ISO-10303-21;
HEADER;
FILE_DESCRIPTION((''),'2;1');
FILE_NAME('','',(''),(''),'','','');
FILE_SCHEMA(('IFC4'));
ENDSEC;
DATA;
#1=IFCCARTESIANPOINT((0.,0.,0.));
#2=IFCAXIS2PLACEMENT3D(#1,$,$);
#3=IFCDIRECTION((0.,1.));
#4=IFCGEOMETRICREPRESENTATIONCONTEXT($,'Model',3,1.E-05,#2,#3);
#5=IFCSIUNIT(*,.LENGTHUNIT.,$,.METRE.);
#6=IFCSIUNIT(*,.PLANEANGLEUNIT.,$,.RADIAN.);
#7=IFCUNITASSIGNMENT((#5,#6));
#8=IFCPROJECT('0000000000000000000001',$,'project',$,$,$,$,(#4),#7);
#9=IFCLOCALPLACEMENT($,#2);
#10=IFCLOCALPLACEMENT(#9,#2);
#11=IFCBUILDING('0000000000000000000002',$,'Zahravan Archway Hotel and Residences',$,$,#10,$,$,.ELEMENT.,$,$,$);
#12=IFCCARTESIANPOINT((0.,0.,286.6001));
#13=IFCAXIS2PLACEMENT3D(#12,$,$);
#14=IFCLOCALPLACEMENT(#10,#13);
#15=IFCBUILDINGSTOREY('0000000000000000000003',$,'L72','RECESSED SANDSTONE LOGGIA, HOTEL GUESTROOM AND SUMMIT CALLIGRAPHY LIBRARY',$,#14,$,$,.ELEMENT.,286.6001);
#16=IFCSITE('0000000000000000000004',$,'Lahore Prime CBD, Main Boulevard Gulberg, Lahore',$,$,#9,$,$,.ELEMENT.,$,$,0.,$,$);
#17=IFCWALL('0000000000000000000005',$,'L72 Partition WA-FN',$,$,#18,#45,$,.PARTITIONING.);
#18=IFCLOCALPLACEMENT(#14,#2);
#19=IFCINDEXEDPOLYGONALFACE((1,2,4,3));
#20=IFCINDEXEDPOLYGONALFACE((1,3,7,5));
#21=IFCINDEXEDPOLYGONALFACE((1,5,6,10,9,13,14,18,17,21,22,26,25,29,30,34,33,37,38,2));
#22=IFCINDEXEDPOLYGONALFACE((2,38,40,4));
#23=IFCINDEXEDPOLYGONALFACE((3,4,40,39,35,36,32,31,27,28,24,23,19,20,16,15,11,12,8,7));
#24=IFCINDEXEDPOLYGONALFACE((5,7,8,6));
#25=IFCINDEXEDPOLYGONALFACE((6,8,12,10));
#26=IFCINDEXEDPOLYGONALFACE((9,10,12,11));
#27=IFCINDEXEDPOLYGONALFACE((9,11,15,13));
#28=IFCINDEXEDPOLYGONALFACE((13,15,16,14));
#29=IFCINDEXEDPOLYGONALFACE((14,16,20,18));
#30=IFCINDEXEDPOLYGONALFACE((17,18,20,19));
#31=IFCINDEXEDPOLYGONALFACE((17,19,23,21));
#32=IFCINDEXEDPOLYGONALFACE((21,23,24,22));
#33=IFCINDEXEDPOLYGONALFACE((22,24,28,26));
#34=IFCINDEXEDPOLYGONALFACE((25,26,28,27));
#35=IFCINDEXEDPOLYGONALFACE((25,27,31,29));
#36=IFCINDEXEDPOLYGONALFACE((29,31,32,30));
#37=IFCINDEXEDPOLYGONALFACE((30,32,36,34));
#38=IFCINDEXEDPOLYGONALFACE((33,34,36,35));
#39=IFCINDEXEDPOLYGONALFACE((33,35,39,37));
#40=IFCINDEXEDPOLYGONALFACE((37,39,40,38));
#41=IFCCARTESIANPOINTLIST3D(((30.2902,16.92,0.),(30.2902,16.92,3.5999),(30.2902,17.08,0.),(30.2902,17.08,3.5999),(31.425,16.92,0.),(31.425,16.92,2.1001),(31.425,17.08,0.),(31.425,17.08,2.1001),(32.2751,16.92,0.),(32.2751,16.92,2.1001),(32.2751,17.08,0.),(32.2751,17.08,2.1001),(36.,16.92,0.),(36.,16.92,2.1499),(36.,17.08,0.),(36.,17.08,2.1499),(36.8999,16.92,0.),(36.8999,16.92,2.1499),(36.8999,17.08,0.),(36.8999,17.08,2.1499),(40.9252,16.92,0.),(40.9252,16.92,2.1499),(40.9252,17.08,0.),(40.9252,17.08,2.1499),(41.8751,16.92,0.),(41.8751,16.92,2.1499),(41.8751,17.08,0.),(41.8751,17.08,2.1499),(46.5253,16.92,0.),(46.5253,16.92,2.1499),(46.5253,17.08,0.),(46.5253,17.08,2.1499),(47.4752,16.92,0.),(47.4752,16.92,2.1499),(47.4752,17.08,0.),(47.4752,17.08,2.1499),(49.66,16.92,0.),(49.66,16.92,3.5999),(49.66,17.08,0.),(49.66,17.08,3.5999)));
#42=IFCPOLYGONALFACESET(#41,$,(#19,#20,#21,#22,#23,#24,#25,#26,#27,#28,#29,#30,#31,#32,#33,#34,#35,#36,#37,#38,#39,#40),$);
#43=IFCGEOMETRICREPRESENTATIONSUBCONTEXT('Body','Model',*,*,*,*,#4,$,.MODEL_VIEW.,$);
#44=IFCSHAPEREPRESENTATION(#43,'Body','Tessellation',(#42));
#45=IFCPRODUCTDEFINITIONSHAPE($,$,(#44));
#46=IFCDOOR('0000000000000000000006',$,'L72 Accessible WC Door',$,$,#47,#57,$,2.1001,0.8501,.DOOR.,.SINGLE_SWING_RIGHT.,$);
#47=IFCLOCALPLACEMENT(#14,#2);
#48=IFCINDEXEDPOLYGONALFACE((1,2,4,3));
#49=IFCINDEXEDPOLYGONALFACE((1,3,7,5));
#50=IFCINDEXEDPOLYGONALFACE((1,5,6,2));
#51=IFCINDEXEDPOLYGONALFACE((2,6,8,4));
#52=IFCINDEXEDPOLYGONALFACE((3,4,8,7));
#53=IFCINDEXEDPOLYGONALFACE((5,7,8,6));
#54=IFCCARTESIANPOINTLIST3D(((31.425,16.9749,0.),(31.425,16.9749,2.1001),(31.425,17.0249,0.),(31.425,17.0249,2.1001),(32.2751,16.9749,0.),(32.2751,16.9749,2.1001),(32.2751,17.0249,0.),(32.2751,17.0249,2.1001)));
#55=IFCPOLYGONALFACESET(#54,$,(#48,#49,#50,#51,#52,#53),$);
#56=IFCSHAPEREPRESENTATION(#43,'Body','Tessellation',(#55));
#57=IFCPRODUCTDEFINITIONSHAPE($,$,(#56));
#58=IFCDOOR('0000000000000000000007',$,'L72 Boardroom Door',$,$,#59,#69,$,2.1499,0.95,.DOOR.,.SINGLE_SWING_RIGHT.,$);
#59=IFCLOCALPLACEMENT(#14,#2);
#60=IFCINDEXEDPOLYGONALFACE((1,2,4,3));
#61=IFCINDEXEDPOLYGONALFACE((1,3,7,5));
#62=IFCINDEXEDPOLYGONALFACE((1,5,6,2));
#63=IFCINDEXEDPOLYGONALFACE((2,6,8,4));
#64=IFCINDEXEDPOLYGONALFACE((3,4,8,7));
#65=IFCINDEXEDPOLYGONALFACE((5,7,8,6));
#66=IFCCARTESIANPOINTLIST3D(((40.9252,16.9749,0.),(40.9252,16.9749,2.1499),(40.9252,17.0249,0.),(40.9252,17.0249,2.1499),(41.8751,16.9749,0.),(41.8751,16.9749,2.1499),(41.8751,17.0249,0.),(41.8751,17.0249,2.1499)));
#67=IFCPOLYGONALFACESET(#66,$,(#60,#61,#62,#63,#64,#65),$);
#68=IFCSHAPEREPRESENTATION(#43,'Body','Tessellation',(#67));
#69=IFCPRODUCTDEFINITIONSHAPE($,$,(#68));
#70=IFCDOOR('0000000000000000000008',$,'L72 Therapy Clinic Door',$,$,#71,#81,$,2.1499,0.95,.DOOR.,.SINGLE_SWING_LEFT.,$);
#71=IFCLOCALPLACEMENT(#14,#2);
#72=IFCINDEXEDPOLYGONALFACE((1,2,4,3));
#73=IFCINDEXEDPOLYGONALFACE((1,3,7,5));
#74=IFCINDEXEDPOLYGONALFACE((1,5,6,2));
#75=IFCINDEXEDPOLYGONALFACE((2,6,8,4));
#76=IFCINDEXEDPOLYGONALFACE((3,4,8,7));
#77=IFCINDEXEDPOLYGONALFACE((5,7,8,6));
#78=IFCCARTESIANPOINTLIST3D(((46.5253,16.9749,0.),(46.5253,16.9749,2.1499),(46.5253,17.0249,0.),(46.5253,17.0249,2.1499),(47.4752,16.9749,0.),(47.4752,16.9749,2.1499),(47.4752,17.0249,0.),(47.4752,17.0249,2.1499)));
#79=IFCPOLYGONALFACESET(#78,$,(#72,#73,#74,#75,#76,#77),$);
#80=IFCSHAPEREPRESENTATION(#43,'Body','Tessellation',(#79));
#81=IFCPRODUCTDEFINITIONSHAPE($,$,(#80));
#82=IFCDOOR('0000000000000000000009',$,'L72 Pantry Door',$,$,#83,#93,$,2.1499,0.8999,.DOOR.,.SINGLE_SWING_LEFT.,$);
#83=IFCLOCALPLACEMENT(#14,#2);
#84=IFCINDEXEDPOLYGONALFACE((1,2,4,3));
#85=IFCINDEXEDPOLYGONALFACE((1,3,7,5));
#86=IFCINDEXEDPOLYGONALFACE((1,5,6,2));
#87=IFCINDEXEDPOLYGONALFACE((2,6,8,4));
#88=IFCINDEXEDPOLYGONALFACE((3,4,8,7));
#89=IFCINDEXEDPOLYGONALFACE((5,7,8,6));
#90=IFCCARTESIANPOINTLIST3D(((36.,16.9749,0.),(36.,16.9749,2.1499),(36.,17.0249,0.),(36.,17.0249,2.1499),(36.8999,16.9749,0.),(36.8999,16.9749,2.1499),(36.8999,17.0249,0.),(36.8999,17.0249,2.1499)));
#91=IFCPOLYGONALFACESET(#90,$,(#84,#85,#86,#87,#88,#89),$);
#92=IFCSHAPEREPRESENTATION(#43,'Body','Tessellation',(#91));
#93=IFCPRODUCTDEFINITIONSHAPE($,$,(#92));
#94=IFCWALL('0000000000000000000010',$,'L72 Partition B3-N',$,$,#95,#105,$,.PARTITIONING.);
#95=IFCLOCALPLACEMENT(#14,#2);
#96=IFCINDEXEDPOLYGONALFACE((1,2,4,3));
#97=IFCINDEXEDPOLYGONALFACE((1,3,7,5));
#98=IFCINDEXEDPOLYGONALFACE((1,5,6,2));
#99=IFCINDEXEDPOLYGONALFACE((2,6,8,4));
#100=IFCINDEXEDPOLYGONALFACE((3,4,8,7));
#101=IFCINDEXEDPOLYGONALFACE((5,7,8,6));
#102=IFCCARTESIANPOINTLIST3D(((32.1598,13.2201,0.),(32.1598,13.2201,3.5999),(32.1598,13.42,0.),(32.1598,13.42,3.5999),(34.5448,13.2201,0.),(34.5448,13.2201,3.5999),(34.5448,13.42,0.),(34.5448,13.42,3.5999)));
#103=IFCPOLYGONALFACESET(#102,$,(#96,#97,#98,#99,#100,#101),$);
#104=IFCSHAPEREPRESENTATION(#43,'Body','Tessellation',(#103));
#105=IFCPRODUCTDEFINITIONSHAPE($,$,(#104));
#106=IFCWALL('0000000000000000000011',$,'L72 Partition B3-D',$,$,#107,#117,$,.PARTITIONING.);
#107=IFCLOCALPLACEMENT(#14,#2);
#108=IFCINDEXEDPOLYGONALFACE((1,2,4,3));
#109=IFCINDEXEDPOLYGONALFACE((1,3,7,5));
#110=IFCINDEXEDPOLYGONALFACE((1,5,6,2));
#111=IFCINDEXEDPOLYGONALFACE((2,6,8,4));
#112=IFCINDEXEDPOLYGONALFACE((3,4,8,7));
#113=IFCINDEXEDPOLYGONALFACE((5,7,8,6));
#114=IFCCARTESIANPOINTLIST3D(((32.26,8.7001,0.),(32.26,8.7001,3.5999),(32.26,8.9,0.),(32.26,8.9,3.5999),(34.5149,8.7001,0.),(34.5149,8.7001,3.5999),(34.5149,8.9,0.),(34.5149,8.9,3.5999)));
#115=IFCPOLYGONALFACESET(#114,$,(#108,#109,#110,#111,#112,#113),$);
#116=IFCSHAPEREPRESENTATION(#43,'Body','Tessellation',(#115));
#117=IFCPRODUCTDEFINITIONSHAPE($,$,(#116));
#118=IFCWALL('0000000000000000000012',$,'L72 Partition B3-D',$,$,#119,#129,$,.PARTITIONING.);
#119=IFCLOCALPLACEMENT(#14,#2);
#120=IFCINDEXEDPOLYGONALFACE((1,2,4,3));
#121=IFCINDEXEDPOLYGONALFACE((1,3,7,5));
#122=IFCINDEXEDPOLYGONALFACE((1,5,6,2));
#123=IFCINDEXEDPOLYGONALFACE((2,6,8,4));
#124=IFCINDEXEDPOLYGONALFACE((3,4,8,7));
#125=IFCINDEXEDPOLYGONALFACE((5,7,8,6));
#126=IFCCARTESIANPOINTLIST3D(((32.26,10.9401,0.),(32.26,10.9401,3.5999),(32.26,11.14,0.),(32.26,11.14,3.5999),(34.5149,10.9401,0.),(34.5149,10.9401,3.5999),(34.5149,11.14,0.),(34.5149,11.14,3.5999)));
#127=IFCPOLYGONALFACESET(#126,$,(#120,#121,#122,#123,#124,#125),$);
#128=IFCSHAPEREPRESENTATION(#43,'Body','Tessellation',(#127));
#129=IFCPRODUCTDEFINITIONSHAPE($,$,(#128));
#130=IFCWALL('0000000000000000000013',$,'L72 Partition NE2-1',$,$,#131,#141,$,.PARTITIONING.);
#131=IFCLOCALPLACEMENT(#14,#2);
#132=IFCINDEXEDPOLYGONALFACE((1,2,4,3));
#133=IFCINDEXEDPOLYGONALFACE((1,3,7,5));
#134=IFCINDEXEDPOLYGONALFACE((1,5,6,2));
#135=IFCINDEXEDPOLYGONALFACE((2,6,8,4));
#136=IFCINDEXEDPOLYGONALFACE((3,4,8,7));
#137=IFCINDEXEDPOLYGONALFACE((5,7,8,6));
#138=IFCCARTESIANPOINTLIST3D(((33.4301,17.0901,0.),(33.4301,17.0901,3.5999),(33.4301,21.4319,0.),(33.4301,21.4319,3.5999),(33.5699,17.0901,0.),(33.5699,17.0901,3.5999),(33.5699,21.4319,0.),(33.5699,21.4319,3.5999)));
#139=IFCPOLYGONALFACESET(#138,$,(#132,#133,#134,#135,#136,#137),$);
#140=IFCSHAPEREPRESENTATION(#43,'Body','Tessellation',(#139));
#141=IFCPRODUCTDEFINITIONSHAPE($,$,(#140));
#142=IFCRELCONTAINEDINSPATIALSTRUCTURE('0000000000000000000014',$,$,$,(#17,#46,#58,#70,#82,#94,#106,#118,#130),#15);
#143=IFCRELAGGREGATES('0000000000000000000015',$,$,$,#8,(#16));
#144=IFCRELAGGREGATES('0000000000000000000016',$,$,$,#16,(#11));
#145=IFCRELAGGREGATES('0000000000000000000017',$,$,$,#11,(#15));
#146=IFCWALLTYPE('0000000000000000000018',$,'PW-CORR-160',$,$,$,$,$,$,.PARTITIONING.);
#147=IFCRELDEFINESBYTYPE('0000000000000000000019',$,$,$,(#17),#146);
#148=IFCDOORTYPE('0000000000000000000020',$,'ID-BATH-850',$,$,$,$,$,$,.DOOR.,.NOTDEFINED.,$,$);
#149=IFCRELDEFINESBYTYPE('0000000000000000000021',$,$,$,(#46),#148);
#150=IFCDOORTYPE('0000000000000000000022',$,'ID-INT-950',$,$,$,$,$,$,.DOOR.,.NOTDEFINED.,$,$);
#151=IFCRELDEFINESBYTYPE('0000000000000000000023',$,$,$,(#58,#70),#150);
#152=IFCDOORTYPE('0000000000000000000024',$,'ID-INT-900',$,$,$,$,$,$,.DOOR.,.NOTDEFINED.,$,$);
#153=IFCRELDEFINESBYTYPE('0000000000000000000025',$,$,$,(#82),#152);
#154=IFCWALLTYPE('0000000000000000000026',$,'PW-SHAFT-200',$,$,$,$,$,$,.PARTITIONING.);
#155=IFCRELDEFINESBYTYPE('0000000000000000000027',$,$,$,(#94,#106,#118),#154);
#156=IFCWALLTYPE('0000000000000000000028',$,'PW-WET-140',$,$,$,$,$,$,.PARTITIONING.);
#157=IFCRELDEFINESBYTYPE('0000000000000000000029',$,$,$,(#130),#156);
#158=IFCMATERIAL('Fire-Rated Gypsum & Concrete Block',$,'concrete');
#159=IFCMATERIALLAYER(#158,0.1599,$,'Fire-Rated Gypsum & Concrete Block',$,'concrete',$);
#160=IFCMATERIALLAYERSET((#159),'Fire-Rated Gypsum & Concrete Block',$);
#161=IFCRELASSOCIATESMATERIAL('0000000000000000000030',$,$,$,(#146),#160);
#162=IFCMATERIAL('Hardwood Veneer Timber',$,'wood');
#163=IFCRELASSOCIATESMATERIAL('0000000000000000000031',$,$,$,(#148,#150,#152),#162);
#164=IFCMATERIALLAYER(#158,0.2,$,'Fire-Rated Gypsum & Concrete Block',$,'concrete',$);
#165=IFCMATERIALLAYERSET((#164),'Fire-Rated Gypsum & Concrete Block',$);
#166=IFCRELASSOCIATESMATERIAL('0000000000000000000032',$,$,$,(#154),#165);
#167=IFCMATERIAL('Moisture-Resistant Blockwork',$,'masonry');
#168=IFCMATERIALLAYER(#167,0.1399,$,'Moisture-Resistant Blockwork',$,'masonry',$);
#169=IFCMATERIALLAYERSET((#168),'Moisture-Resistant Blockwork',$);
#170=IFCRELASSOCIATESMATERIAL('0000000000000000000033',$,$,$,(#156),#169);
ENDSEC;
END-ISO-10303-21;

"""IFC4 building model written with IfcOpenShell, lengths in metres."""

from ifc_helpers import new_model, si_unit, direction, frame, frame_2d, origin, place, context, subcontext, project, spatial, rectangle, extrude, source, transform, mapped, material, layer, layer_set, type_object, type_shapes, element, fill, save


model = new_model("IFC4")

# Units and contexts
model_context = context("Model", 3, precision=1e-05, world=origin(), true_north=direction((0.0, 1.0)))
body_context = subcontext(model_context, "Body", "Model", "MODEL_VIEW")
ifc_project = project(units=[si_unit("LENGTHUNIT", "METRE"), si_unit("PLANEANGLEUNIT", "RADIAN")], contexts=[model_context])

# Site, building, storey
site_placement = place(None, origin())
site = spatial("IfcSite", under=ifc_project, at=site_placement, Name="Lahore Prime CBD, Main Boulevard Gulberg, Lahore", CompositionType="ELEMENT", RefElevation=0.0)
building_placement = place(site_placement, origin())
building = spatial("IfcBuilding", under=site, at=building_placement, Name="Zahravan Archway Hotel and Residences", CompositionType="ELEMENT")
storey_placement = place(building_placement, frame((0.0, 0.0, 286.6001)))
storey = spatial("IfcBuildingStorey", under=building, at=storey_placement, Name="L72", Description="RECESSED SANDSTONE LOGGIA, HOTEL GUESTROOM AND SUMMIT CALLIGRAPHY LIBRARY", CompositionType="ELEMENT", Elevation=286.6001)

# Shared definitions
ifc_material_1 = material(Name="Fire-Rated Gypsum & Concrete Block", Category="concrete")
ifc_layer_1 = layer(ifc_material_1, 0.1599, Name="Fire-Rated Gypsum & Concrete Block", Category="concrete")
ifc_layer_set_1 = layer_set([ifc_layer_1], Name="Fire-Rated Gypsum & Concrete Block")
wall_type_1 = type_object("IfcWallType", Name="PW-CORR-160", PredefinedType="PARTITIONING", material=ifc_layer_set_1)

# Wall, openings, doors
wall_1_placement = place(storey_placement, frame((30.29, 17.0, 0.0), z_axis=(0.0, 0.0, 1.0), x_axis=(1.0, 0.0, 0.0)))
wall_1 = element("IfcWall", 1, at=wall_1_placement, inside=storey, type_object=wall_type_1, Name="L72 Partition WA-FN", PredefinedType="PARTITIONING", context=body_context, shape_type="SweptSolid", body=[
    extrude(rectangle(XDim=19.3699, YDim=0.1599, at=frame_2d((9.6851, 0.0))), origin(), (0.0, 0.0, 1.0), 3.5999),
])
opening_1_placement = place(wall_1_placement, frame((1.135, 0.0, 0.0)))
opening_1 = element("IfcOpeningElement", 2, at=opening_1_placement, cuts=wall_1, PredefinedType="OPENING", context=body_context, shape_type="SweptSolid", body=[
    extrude(rectangle(XDim=0.8501, YDim=2.1001, at=frame_2d((0.425, 1.05))), frame((0.0, 0.0898, 0.0), z_axis=(0.0, -1.0, 0.0), x_axis=(1.0, 0.0, 0.0)), (0.0, 0.0, 1.0), 0.1799),
])
opening_2_placement = place(wall_1_placement, frame((5.71, 0.0, 0.0)))
opening_2 = element("IfcOpeningElement", 3, at=opening_2_placement, cuts=wall_1, PredefinedType="OPENING", context=body_context, shape_type="SweptSolid", body=[
    extrude(rectangle(XDim=0.8999, YDim=2.1499, at=frame_2d((0.45, 1.075))), frame((0.0, 0.0898, 0.0), z_axis=(0.0, -1.0, 0.0), x_axis=(1.0, 0.0, 0.0)), (0.0, 0.0, 1.0), 0.1799),
])
opening_3_placement = place(wall_1_placement, frame((10.635, 0.0, 0.0)))
opening_3 = element("IfcOpeningElement", 4, at=opening_3_placement, cuts=wall_1, PredefinedType="OPENING", context=body_context, shape_type="SweptSolid", body=[
    extrude(rectangle(XDim=0.95, YDim=2.1499, at=frame_2d((0.4751, 1.075))), frame((0.0, 0.0898, 0.0), z_axis=(0.0, -1.0, 0.0), x_axis=(1.0, 0.0, 0.0)), (0.0, 0.0, 1.0), 0.1799),
])
opening_4_placement = place(wall_1_placement, frame((16.2351, 0.0, 0.0)))
opening_4 = element("IfcOpeningElement", 5, at=opening_4_placement, cuts=wall_1, PredefinedType="OPENING", context=body_context, shape_type="SweptSolid", body=[
    extrude(rectangle(XDim=0.95, YDim=2.1499, at=frame_2d((0.4751, 1.075))), frame((0.0, 0.0898, 0.0), z_axis=(0.0, -1.0, 0.0), x_axis=(1.0, 0.0, 0.0)), (0.0, 0.0, 1.0), 0.1799),
])
ifc_material_2 = material(Name="Hardwood Veneer Timber", Category="wood")
door_type_1 = type_object("IfcDoorType", Name="ID-BATH-850", OperationType="NOTDEFINED", PredefinedType="DOOR", material=ifc_material_2)
shared_shape_1 = source(origin(), body_context, "Body", "SweptSolid", [
    extrude(rectangle(XDim=0.8501, YDim=2.1001, at=frame_2d((0.425, 1.05))), frame((0.0, 0.0249, 0.0), z_axis=(0.0, -1.0, 0.0), x_axis=(1.0, 0.0, 0.0)), (0.0, 0.0, 1.0), 0.05),
])
type_shapes(door_type_1, [shared_shape_1])
door_1_placement = place(opening_1_placement, origin())
door_1 = element("IfcDoor", 6, at=door_1_placement, inside=storey, type_object=door_type_1, Name="L72 Accessible WC Door", OperationType="SINGLE_SWING_RIGHT", OverallHeight=2.1001, OverallWidth=0.8501, PredefinedType="DOOR", context=body_context, shape_type="MappedRepresentation", body=[
    mapped(shared_shape_1, transform((0.0, 0.0, 0.0), scale=1.0)),
])
fill(opening_1, door_1)
door_type_2 = type_object("IfcDoorType", Name="ID-INT-950", OperationType="NOTDEFINED", PredefinedType="DOOR", material=ifc_material_2)
shared_shape_2 = source(origin(), body_context, "Body", "SweptSolid", [
    extrude(rectangle(XDim=0.95, YDim=2.1499, at=frame_2d((0.4751, 1.075))), frame((0.0, 0.0249, 0.0), z_axis=(0.0, -1.0, 0.0), x_axis=(1.0, 0.0, 0.0)), (0.0, 0.0, 1.0), 0.05),
])
type_shapes(door_type_2, [shared_shape_2])
door_2_placement = place(opening_3_placement, origin())
door_2 = element("IfcDoor", 7, at=door_2_placement, inside=storey, type_object=door_type_2, Name="L72 Boardroom Door", OperationType="SINGLE_SWING_RIGHT", OverallHeight=2.1499, OverallWidth=0.95, PredefinedType="DOOR", context=body_context, shape_type="MappedRepresentation", body=[
    mapped(shared_shape_2, transform((0.0, 0.0, 0.0), scale=1.0)),
])
fill(opening_3, door_2)
door_3_placement = place(opening_4_placement, origin())
door_3 = element("IfcDoor", 8, at=door_3_placement, inside=storey, type_object=door_type_2, Name="L72 Therapy Clinic Door", OperationType="SINGLE_SWING_LEFT", OverallHeight=2.1499, OverallWidth=0.95, PredefinedType="DOOR", context=body_context, shape_type="MappedRepresentation", body=[
    mapped(shared_shape_2, transform((0.0, 0.0, 0.0), scale=1.0)),
])
fill(opening_4, door_3)
door_type_3 = type_object("IfcDoorType", Name="ID-INT-900", OperationType="NOTDEFINED", PredefinedType="DOOR", material=ifc_material_2)
shared_shape_3 = source(origin(), body_context, "Body", "SweptSolid", [
    extrude(rectangle(XDim=0.8999, YDim=2.1499, at=frame_2d((0.45, 1.075))), frame((0.0, 0.0249, 0.0), z_axis=(0.0, -1.0, 0.0), x_axis=(1.0, 0.0, 0.0)), (0.0, 0.0, 1.0), 0.05),
])
type_shapes(door_type_3, [shared_shape_3])
door_4_placement = place(opening_2_placement, origin())
door_4 = element("IfcDoor", 9, at=door_4_placement, inside=storey, type_object=door_type_3, Name="L72 Pantry Door", OperationType="SINGLE_SWING_LEFT", OverallHeight=2.1499, OverallWidth=0.8999, PredefinedType="DOOR", context=body_context, shape_type="MappedRepresentation", body=[
    mapped(shared_shape_3, transform((0.0, 0.0, 0.0), scale=1.0)),
])
fill(opening_2, door_4)

# Walls
ifc_layer_2 = layer(ifc_material_1, 0.2, Name="Fire-Rated Gypsum & Concrete Block", Category="concrete")
ifc_layer_set_2 = layer_set([ifc_layer_2], Name="Fire-Rated Gypsum & Concrete Block")
wall_type_2 = type_object("IfcWallType", Name="PW-SHAFT-200", PredefinedType="PARTITIONING", material=ifc_layer_set_2)
wall_2_placement = place(storey_placement, frame((32.1599, 13.3201, 0.0), z_axis=(0.0, 0.0, 1.0), x_axis=(1.0, 0.0, 0.0)))
element("IfcWall", 10, at=wall_2_placement, inside=storey, type_object=wall_type_2, Name="L72 Partition B3-N", PredefinedType="PARTITIONING", context=body_context, shape_type="SweptSolid", body=[
    extrude(rectangle(XDim=2.385, YDim=0.2, at=frame_2d((1.1924, 0.0))), origin(), (0.0, 0.0, 1.0), 3.5999),
])
for number, where, z_axis, x_axis, name in (
    (11, (32.26, 8.8, 0.0), (0.0, 0.0, 1.0), (1.0, 0.0, 0.0), "L72 Partition B3-D"),
    (12, (32.26, 11.04, 0.0), (0.0, 0.0, 1.0), (1.0, 0.0, 0.0), "L72 Partition B3-D"),
):
    element("IfcWall", number, at=place(storey_placement, frame(where, z_axis=z_axis, x_axis=x_axis)), inside=storey, type_object=wall_type_2, Name=name, PredefinedType="PARTITIONING", context=body_context, shape_type="SweptSolid", body=[
        extrude(rectangle(XDim=2.2549, YDim=0.2, at=frame_2d((1.1274, 0.0))), origin(), (0.0, 0.0, 1.0), 3.5999),
    ])
ifc_material_3 = material(Name="Moisture-Resistant Blockwork", Category="masonry")
ifc_layer_3 = layer(ifc_material_3, 0.1399, Name="Moisture-Resistant Blockwork", Category="masonry")
ifc_layer_set_3 = layer_set([ifc_layer_3], Name="Moisture-Resistant Blockwork")
wall_type_3 = type_object("IfcWallType", Name="PW-WET-140", PredefinedType="PARTITIONING", material=ifc_layer_set_3)
wall_3_placement = place(storey_placement, frame((33.5, 17.0901, 0.0), z_axis=(0.0, 0.0, 1.0), x_axis=(0.0, 1.0, 0.0)))
element("IfcWall", 13, at=wall_3_placement, inside=storey, type_object=wall_type_3, Name="L72 Partition NE2-1", PredefinedType="PARTITIONING", context=body_context, shape_type="SweptSolid", body=[
    extrude(rectangle(XDim=4.3418, YDim=0.1399, at=frame_2d((2.1709, 0.0))), origin(), (0.0, 0.0, 1.0), 3.5999),
])

save(model, "model.ifc")
